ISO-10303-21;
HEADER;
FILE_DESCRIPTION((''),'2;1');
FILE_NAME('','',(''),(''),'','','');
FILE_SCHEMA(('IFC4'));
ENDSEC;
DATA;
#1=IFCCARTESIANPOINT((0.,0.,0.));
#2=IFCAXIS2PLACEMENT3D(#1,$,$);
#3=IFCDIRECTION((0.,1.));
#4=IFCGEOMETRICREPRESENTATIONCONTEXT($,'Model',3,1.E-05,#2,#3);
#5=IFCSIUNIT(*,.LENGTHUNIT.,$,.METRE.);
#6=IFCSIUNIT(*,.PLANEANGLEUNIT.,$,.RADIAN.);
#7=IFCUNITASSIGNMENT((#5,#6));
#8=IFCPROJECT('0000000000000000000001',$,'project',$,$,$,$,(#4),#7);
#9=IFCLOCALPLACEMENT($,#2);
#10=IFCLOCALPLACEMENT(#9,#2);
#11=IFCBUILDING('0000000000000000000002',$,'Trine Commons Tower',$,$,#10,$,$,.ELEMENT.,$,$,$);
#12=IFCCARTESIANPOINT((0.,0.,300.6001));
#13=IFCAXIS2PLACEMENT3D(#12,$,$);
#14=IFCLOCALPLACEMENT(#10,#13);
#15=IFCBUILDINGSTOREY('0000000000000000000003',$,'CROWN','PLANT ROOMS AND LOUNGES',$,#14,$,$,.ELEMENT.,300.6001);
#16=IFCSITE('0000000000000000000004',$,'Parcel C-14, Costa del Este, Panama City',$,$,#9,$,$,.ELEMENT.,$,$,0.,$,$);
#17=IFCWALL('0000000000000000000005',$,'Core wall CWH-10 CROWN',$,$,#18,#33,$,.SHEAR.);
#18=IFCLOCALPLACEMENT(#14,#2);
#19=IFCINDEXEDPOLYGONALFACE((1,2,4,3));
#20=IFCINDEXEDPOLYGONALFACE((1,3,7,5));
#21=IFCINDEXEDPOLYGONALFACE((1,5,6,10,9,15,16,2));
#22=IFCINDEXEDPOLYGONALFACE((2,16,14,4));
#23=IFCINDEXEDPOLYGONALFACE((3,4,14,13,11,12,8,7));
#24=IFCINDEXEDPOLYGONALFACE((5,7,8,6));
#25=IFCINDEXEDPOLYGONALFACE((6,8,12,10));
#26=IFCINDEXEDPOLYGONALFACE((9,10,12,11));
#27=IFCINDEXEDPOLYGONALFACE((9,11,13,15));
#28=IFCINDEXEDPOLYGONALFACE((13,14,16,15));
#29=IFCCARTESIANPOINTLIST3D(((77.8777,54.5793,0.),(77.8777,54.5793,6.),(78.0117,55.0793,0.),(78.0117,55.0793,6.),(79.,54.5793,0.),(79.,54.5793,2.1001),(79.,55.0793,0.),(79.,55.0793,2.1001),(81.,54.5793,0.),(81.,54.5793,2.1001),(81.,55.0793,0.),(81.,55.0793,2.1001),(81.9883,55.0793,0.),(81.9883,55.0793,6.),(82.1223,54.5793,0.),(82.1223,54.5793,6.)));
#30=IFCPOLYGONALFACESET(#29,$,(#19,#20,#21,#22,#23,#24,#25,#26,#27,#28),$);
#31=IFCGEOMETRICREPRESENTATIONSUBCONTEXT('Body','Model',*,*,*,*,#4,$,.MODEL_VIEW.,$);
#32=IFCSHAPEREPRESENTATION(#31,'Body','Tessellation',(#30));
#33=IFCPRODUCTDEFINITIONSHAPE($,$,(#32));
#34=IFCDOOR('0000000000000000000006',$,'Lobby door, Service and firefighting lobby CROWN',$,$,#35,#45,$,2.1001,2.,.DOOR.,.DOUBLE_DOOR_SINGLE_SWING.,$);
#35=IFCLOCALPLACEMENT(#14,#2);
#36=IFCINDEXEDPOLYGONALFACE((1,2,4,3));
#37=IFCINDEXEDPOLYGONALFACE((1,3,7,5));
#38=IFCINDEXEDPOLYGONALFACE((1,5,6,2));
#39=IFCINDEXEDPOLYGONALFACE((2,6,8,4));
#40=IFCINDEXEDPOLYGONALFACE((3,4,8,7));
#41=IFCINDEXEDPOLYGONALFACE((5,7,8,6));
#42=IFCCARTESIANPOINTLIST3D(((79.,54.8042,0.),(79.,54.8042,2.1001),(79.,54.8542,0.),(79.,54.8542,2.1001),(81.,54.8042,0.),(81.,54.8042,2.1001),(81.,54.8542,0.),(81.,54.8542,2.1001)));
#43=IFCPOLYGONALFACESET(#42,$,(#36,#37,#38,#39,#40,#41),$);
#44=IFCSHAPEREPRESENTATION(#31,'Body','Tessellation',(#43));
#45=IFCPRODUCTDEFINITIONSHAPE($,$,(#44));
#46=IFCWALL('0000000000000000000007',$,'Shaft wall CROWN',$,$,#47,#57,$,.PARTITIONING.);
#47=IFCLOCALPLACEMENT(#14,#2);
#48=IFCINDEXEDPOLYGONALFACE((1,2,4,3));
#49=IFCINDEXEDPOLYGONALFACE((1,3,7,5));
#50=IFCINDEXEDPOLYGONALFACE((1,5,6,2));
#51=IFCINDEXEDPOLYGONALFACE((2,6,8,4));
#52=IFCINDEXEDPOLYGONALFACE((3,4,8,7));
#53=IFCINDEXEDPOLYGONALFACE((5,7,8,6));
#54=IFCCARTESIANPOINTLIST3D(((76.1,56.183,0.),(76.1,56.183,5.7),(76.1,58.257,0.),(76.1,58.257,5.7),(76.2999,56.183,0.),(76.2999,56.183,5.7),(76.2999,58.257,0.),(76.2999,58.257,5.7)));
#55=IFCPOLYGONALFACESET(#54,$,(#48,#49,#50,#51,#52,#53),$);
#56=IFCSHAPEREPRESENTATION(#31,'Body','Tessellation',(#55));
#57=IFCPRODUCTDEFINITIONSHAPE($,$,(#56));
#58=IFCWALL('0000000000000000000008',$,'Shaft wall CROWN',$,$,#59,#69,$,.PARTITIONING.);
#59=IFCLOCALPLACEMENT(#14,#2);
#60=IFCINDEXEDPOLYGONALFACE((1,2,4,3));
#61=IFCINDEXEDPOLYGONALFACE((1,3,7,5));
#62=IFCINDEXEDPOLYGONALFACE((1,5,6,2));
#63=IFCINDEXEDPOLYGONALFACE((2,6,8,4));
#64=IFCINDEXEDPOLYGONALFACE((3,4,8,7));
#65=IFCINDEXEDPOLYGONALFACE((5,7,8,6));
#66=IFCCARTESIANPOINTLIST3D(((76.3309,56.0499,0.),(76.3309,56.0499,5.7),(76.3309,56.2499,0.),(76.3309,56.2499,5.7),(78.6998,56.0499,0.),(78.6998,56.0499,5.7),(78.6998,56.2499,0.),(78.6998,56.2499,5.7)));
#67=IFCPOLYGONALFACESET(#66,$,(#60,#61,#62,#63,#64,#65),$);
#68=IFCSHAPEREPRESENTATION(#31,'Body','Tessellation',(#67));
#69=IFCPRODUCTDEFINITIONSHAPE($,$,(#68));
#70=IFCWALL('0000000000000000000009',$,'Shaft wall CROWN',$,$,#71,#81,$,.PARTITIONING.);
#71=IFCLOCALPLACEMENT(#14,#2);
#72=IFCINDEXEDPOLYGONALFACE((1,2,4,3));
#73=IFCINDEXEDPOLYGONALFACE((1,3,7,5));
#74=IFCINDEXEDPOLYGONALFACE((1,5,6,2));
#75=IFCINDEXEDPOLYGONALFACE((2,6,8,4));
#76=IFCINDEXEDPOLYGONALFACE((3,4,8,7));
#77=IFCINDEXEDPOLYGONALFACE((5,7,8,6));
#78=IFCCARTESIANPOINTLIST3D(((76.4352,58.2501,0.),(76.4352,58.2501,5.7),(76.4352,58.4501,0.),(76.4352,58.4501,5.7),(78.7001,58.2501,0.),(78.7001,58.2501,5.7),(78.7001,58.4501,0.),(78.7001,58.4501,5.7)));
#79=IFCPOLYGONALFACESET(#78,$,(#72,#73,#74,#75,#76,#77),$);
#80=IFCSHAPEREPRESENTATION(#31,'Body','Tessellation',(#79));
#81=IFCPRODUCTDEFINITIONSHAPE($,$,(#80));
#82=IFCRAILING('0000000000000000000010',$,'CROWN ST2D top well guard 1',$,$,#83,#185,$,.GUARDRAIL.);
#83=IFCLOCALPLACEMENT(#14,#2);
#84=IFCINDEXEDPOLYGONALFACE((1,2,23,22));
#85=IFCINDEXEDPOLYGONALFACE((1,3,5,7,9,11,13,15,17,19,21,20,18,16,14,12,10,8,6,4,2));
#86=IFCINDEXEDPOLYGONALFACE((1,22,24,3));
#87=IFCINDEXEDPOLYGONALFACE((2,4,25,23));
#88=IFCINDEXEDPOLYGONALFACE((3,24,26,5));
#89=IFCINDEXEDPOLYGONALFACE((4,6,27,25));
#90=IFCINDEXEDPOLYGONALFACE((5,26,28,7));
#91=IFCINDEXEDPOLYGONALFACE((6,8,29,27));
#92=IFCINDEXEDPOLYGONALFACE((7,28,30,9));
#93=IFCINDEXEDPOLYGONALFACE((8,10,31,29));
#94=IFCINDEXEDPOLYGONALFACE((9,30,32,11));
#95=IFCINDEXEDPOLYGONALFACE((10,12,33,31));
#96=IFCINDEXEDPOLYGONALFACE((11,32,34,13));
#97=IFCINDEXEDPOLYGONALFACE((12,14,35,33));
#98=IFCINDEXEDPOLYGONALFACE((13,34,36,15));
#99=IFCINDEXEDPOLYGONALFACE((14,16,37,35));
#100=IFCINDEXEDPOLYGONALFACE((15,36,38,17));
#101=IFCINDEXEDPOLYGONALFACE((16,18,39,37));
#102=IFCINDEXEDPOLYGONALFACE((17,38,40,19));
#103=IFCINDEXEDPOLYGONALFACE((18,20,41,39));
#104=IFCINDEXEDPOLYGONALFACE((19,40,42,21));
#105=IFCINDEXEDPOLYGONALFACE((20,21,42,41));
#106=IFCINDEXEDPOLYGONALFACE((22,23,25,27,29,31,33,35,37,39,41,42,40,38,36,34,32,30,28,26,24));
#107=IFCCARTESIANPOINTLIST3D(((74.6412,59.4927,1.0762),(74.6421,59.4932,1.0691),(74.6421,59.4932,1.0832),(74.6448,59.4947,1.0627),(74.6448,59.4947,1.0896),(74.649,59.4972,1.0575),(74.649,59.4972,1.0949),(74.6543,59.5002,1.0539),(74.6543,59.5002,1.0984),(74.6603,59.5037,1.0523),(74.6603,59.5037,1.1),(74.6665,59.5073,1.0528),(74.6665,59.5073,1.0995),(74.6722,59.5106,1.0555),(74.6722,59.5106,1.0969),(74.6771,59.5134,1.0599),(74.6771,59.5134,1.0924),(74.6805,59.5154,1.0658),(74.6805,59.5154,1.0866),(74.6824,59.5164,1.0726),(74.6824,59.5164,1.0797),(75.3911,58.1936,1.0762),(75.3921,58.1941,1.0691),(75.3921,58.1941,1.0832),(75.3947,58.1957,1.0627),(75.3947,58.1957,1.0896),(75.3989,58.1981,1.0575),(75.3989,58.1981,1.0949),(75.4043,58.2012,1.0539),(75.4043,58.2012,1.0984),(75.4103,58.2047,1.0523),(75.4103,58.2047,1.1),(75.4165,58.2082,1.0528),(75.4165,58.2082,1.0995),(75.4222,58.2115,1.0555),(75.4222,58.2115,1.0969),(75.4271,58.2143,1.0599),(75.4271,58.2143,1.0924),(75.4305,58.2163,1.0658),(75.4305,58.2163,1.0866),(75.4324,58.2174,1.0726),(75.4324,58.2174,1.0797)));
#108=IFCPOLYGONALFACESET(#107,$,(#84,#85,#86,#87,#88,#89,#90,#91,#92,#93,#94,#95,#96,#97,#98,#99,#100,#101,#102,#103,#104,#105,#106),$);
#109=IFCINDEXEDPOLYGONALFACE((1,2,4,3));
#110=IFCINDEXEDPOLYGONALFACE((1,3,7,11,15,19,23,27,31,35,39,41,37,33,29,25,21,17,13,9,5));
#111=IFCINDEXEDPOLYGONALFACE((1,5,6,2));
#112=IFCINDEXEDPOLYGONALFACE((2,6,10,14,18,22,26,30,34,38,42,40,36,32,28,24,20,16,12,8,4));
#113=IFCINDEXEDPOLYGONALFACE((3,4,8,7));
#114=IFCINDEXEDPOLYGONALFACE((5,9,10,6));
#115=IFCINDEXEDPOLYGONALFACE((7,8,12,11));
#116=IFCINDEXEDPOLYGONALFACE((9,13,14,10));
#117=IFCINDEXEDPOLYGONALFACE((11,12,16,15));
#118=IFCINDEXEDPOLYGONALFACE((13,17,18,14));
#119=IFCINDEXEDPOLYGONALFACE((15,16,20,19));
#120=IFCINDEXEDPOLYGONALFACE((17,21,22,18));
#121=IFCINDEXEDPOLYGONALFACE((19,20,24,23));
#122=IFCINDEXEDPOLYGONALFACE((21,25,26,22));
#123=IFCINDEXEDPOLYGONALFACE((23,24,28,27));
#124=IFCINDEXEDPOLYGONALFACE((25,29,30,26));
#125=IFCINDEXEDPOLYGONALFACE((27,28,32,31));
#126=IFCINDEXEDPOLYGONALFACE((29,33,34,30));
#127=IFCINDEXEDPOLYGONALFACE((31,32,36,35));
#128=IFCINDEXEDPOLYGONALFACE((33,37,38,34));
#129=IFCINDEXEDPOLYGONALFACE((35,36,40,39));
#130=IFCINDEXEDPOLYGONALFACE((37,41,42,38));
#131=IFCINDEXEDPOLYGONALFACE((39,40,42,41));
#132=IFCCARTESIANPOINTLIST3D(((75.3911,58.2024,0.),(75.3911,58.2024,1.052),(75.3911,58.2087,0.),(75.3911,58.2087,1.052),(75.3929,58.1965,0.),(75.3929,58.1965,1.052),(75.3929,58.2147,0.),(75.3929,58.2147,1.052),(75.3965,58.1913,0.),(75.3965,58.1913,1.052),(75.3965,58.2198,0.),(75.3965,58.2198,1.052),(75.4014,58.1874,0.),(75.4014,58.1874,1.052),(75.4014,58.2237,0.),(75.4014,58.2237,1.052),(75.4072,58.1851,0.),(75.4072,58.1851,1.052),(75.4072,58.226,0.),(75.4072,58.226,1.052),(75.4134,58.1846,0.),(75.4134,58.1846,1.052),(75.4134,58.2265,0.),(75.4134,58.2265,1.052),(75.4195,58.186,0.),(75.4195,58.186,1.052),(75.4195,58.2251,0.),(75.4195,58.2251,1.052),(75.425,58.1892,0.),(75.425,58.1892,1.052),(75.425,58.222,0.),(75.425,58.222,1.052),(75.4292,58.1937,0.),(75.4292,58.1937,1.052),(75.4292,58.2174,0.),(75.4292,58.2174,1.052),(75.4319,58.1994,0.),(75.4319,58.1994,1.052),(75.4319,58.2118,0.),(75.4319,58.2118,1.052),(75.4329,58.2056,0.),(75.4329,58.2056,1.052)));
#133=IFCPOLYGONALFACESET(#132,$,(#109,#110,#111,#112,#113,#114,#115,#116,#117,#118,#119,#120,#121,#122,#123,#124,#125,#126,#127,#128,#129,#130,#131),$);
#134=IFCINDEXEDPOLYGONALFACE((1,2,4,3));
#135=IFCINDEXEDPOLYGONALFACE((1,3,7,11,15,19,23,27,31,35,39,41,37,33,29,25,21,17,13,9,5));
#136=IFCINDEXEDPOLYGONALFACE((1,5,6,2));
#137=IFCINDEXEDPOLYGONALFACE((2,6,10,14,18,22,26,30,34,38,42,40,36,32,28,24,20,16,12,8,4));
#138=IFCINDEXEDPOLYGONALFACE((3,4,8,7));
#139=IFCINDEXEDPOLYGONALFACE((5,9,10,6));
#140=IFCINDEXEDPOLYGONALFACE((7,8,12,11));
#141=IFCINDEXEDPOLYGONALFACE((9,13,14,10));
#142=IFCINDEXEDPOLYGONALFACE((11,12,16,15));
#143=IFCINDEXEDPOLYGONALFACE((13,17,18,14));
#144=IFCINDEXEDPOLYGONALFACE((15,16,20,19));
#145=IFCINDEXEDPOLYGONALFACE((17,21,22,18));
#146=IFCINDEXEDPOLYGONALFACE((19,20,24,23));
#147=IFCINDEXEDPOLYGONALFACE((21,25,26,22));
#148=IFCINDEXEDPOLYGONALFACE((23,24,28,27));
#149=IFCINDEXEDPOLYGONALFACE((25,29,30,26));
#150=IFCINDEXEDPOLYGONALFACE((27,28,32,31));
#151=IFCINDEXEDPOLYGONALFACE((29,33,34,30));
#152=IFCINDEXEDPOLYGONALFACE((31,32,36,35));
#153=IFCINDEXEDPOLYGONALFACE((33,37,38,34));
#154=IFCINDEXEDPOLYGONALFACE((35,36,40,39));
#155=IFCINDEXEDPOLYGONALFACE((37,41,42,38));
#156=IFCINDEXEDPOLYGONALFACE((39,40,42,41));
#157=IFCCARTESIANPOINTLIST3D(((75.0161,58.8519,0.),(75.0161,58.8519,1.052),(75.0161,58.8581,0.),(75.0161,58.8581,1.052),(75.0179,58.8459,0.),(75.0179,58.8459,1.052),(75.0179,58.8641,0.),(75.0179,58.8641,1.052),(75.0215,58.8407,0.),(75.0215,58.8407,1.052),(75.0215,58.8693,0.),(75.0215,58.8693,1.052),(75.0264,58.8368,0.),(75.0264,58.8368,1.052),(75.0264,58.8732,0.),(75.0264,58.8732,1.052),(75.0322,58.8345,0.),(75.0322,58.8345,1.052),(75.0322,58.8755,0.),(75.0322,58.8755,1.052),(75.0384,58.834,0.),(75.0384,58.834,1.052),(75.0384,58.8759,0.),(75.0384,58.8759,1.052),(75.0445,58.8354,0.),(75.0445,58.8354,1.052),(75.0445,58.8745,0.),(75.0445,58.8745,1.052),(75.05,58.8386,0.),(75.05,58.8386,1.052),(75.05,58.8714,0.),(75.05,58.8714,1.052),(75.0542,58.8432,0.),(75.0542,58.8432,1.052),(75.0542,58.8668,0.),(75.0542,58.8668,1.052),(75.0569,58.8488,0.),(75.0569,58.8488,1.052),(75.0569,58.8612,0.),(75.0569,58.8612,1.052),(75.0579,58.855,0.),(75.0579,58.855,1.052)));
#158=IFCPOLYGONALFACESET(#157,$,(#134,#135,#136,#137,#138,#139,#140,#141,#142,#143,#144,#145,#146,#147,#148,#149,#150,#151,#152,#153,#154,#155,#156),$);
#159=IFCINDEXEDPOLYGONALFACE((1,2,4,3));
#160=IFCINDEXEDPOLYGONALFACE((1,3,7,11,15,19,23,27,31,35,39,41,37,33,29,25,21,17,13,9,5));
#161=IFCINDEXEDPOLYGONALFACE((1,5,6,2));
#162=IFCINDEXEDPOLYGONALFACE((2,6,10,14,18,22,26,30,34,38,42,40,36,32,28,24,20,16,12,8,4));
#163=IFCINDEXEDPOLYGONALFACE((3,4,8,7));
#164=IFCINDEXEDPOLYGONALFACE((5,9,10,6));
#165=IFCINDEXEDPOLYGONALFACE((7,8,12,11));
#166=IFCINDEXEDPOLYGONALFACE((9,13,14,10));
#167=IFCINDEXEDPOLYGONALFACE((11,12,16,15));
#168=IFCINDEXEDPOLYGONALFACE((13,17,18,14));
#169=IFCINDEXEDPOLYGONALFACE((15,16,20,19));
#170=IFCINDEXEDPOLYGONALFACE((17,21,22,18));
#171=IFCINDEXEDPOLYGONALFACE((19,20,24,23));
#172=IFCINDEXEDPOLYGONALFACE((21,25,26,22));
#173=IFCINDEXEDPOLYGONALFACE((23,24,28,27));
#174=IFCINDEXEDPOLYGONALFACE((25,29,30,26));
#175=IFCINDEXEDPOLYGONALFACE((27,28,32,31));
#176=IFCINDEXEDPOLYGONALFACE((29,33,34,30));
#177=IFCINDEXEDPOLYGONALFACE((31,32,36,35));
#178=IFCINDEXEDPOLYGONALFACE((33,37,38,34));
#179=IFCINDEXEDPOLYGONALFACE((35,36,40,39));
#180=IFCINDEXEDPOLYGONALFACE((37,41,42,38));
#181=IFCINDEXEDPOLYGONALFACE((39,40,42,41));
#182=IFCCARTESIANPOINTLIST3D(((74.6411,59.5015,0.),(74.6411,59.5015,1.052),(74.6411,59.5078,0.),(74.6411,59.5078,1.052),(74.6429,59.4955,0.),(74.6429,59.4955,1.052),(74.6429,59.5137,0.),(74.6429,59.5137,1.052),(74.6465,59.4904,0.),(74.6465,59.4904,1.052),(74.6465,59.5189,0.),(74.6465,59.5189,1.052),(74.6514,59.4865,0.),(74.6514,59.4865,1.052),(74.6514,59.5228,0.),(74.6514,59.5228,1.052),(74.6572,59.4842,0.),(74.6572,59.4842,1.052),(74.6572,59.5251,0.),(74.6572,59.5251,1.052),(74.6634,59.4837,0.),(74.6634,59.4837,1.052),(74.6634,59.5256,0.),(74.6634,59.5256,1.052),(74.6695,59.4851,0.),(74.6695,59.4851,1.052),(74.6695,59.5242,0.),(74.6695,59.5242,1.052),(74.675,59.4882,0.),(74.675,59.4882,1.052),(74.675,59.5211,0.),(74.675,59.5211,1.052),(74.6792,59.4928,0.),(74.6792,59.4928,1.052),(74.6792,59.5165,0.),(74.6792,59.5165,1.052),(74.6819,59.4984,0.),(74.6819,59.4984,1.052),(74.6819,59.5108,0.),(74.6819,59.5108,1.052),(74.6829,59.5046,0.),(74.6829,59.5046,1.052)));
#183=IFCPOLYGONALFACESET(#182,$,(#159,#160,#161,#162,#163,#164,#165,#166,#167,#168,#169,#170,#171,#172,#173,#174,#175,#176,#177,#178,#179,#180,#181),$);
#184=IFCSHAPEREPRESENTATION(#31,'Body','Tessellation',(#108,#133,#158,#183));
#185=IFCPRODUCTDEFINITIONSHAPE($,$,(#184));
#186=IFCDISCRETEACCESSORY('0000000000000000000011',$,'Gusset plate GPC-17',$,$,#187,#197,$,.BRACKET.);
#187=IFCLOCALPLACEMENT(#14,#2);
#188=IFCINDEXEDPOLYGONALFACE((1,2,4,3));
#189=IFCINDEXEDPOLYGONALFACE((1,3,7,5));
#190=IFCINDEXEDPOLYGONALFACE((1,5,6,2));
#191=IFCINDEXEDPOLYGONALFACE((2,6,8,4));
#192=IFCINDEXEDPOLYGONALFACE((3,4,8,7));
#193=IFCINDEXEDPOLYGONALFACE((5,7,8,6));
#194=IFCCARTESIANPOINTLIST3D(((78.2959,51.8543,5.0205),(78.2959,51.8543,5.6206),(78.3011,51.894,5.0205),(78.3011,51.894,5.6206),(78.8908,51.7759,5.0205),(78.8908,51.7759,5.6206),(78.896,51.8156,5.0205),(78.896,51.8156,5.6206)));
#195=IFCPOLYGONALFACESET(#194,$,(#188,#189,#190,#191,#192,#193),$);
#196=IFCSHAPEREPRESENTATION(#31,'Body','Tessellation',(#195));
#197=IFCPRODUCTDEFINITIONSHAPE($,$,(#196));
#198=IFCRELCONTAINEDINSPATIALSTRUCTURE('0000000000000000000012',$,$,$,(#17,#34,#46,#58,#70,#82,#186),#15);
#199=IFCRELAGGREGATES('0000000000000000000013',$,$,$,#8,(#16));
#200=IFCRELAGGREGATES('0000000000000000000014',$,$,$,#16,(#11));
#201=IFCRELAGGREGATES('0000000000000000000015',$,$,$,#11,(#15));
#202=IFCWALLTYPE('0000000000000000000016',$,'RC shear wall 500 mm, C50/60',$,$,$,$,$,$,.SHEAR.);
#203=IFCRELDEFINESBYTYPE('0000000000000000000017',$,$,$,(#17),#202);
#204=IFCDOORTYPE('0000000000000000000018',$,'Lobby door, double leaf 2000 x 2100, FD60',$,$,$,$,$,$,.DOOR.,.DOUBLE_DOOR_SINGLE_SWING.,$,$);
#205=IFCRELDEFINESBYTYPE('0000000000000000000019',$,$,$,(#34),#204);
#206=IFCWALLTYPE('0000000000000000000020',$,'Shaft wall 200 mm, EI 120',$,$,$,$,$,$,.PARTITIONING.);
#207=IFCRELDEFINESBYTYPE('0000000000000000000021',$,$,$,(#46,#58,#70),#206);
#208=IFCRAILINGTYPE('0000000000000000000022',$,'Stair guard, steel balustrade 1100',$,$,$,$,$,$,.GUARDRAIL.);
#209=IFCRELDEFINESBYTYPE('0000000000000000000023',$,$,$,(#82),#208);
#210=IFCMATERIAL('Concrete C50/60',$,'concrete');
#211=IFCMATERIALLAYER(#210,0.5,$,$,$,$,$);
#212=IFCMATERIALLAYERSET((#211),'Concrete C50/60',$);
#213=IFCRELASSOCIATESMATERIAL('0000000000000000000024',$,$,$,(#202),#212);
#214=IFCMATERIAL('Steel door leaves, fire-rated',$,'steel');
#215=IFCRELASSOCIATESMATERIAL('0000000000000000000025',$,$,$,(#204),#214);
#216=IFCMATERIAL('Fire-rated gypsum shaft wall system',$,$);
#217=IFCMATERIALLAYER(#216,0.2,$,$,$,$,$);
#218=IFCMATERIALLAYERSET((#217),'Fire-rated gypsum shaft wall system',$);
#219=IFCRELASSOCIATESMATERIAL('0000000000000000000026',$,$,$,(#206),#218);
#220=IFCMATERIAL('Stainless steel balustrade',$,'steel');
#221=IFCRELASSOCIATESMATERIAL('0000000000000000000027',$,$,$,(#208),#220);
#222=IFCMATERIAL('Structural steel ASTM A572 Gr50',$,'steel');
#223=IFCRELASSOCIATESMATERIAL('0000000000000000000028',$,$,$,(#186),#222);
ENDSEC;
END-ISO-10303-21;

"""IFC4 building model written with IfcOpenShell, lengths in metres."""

from ifc_helpers import new_model, si_unit, direction, frame, frame_2d, origin, origin_2d, place, context, subcontext, project, spatial, polyline, rectangle, circle, outline, extrude, material, layer, layer_set, type_object, element, fill, save


model = new_model("IFC4")

# Units and contexts
model_context = context("Model", 3, precision=1e-05, world=origin(), true_north=direction((0.0, 1.0)))
body_context = subcontext(model_context, "Body", "Model", "MODEL_VIEW")
ifc_project = project(units=[si_unit("LENGTHUNIT", "METRE"), si_unit("PLANEANGLEUNIT", "RADIAN")], contexts=[model_context])

# Site, building, storey
site_placement = place(None, origin())
site = spatial("IfcSite", under=ifc_project, at=site_placement, Name="Parcel C-14, Costa del Este, Panama City", CompositionType="ELEMENT", RefElevation=0.0)
building_placement = place(site_placement, origin())
building = spatial("IfcBuilding", under=site, at=building_placement, Name="Trine Commons Tower", CompositionType="ELEMENT")
storey_placement = place(building_placement, frame((0.0, 0.0, 300.6001)))
storey = spatial("IfcBuildingStorey", under=building, at=storey_placement, Name="CROWN", Description="PLANT ROOMS AND LOUNGES", CompositionType="ELEMENT", Elevation=300.6001)

# Wall, opening, door
ifc_material_1 = material(Name="Fire-rated gypsum shaft wall system")
ifc_material_2 = material(Name="Concrete C50/60", Category="concrete")
ifc_layer_1 = layer(ifc_material_2, 0.5)
ifc_layer_set_1 = layer_set([ifc_layer_1], Name="Concrete C50/60")
wall_type_1 = type_object("IfcWallType", Name="RC shear wall 500 mm, C50/60", PredefinedType="SHEAR", material=ifc_layer_set_1)
wall_1_placement = place(storey_placement, frame((77.8777, 54.8293, 0.0), z_axis=(0.0, 0.0, 1.0), x_axis=(1.0, 0.0, 0.0)))
wall_1 = element("IfcWall", 1, at=wall_1_placement, inside=storey, type_object=wall_type_1, Name="Core wall CWH-10 CROWN", PredefinedType="SHEAR", context=body_context, shape_type="SweptSolid", body=[
    extrude(outline(polyline([(0.0, -0.25), (4.2446, -0.25), (4.1106, 0.25), (0.134, 0.25), (0.0, -0.25)])), origin(), (0.0, 0.0, 1.0), 6.0),
])
opening_1_placement = place(wall_1_placement, frame((1.1223, 0.0, 0.0)))
opening_1 = element("IfcOpeningElement", 2, at=opening_1_placement, cuts=wall_1, PredefinedType="OPENING", context=body_context, shape_type="SweptSolid", body=[
    extrude(rectangle(XDim=2.0, YDim=2.1001, at=frame_2d((1.0, 1.05))), frame((0.0, 0.26, 0.0), z_axis=(0.0, -1.0, 0.0), x_axis=(1.0, 0.0, 0.0)), (0.0, 0.0, 1.0), 0.52),
])
ifc_material_3 = material(Name="Steel door leaves, fire-rated", Category="steel")
door_type_1 = type_object("IfcDoorType", Name="Lobby door, double leaf 2000 x 2100, FD60", OperationType="DOUBLE_DOOR_SINGLE_SWING", PredefinedType="DOOR", material=ifc_material_3)
door_1_placement = place(opening_1_placement, origin())
door_1 = element("IfcDoor", 3, at=door_1_placement, inside=storey, type_object=door_type_1, Name="Lobby door, Service and firefighting lobby CROWN", OperationType="DOUBLE_DOOR_SINGLE_SWING", OverallHeight=2.1001, OverallWidth=2.0, PredefinedType="DOOR", context=body_context, shape_type="SweptSolid", body=[
    extrude(rectangle(XDim=2.0, YDim=2.1001, at=frame_2d((1.0, 1.05))), frame((0.0, 0.0249, 0.0), z_axis=(0.0, -1.0, 0.0), x_axis=(1.0, 0.0, 0.0)), (0.0, 0.0, 1.0), 0.05),
])
fill(opening_1, door_1)

# Walls
ifc_layer_2 = layer(ifc_material_1, 0.2)
ifc_layer_set_2 = layer_set([ifc_layer_2], Name="Fire-rated gypsum shaft wall system")
wall_type_2 = type_object("IfcWallType", Name="Shaft wall 200 mm, EI 120", PredefinedType="PARTITIONING", material=ifc_layer_set_2)
wall_2_placement = place(storey_placement, frame((76.2, 58.2571, 0.0), z_axis=(0.0, 0.0, 1.0), x_axis=(0.0, -1.0, 0.0)))
element("IfcWall", 4, at=wall_2_placement, inside=storey, type_object=wall_type_2, Name="Shaft wall CROWN", PredefinedType="PARTITIONING", context=body_context, shape_type="SweptSolid", body=[
    extrude(rectangle(XDim=2.074, YDim=0.2, at=frame_2d((1.0371, 0.0))), origin(), (0.0, 0.0, 1.0), 5.7),
])
wall_3_placement = place(storey_placement, frame((78.7, 56.1499, 0.0), z_axis=(0.0, 0.0, 1.0), x_axis=(-1.0, 0.0, 0.0)))
element("IfcWall", 5, at=wall_3_placement, inside=storey, type_object=wall_type_2, Name="Shaft wall CROWN", PredefinedType="PARTITIONING", context=body_context, shape_type="SweptSolid", body=[
    extrude(rectangle(XDim=2.3689, YDim=0.2, at=frame_2d((1.1846, 0.0))), origin(), (0.0, 0.0, 1.0), 5.7),
])
wall_4_placement = place(storey_placement, frame((78.7, 58.3501, 0.0), z_axis=(0.0, 0.0, 1.0), x_axis=(-1.0, 0.0, 0.0)))
element("IfcWall", 6, at=wall_4_placement, inside=storey, type_object=wall_type_2, Name="Shaft wall CROWN", PredefinedType="PARTITIONING", context=body_context, shape_type="SweptSolid", body=[
    extrude(rectangle(XDim=2.2649, YDim=0.2, at=frame_2d((1.1323, 0.0))), origin(), (0.0, 0.0, 1.0), 5.7),
])

# Railing
ifc_material_4 = material(Name="Stainless steel balustrade", Category="steel")
railing_type = type_object("IfcRailingType", Name="Stair guard, steel balustrade 1100", PredefinedType="GUARDRAIL", material=ifc_material_4)
railing_placement = place(storey_placement, frame((75.4119, 58.2056, 0.0)))
element("IfcRailing", 7, at=railing_placement, inside=storey, type_object=railing_type, Name="CROWN ST2D top well guard 1", PredefinedType="GUARDRAIL", context=body_context, shape_type="SweptSolid", body=[
    extrude(circle(Radius=0.0239, at=origin_2d()), frame((0.0, 0.0, 1.0762), z_axis=(-0.49999, 0.866031, 0.0), x_axis=(-0.866031, -0.49999, 0.0)), (0.0, 0.0, 1.0), 1.5),
    extrude(circle(Radius=0.021, at=origin_2d()), origin(), (0.0, 0.0, 1.0), 1.052),
    extrude(circle(Radius=0.021, at=origin_2d()), frame((-0.375, 0.6494, 0.0)), (0.0, 0.0, 1.0), 1.052),
    extrude(circle(Radius=0.021, at=origin_2d()), frame((-0.75, 1.2991, 0.0)), (0.0, 0.0, 1.0), 1.052),
])

# Discrete accessory
ifc_material_5 = material(Name="Structural steel ASTM A572 Gr50", Category="steel")
discrete_accessory_placement = place(storey_placement, frame((78.5959, 51.835, 5.0205), z_axis=(0.0, 0.0, 1.0), x_axis=(-0.991444, 0.130531, 0.0)))
element("IfcDiscreteAccessory", 8, at=discrete_accessory_placement, inside=storey, material=ifc_material_5, Name="Gusset plate GPC-17", PredefinedType="BRACKET", context=body_context, shape_type="SweptSolid", body=[
    extrude(rectangle(XDim=0.6001, YDim=0.04, at=origin_2d()), origin(), (0.0, 0.0, 1.0), 0.6001),
])

save(model, "model.ifc")
